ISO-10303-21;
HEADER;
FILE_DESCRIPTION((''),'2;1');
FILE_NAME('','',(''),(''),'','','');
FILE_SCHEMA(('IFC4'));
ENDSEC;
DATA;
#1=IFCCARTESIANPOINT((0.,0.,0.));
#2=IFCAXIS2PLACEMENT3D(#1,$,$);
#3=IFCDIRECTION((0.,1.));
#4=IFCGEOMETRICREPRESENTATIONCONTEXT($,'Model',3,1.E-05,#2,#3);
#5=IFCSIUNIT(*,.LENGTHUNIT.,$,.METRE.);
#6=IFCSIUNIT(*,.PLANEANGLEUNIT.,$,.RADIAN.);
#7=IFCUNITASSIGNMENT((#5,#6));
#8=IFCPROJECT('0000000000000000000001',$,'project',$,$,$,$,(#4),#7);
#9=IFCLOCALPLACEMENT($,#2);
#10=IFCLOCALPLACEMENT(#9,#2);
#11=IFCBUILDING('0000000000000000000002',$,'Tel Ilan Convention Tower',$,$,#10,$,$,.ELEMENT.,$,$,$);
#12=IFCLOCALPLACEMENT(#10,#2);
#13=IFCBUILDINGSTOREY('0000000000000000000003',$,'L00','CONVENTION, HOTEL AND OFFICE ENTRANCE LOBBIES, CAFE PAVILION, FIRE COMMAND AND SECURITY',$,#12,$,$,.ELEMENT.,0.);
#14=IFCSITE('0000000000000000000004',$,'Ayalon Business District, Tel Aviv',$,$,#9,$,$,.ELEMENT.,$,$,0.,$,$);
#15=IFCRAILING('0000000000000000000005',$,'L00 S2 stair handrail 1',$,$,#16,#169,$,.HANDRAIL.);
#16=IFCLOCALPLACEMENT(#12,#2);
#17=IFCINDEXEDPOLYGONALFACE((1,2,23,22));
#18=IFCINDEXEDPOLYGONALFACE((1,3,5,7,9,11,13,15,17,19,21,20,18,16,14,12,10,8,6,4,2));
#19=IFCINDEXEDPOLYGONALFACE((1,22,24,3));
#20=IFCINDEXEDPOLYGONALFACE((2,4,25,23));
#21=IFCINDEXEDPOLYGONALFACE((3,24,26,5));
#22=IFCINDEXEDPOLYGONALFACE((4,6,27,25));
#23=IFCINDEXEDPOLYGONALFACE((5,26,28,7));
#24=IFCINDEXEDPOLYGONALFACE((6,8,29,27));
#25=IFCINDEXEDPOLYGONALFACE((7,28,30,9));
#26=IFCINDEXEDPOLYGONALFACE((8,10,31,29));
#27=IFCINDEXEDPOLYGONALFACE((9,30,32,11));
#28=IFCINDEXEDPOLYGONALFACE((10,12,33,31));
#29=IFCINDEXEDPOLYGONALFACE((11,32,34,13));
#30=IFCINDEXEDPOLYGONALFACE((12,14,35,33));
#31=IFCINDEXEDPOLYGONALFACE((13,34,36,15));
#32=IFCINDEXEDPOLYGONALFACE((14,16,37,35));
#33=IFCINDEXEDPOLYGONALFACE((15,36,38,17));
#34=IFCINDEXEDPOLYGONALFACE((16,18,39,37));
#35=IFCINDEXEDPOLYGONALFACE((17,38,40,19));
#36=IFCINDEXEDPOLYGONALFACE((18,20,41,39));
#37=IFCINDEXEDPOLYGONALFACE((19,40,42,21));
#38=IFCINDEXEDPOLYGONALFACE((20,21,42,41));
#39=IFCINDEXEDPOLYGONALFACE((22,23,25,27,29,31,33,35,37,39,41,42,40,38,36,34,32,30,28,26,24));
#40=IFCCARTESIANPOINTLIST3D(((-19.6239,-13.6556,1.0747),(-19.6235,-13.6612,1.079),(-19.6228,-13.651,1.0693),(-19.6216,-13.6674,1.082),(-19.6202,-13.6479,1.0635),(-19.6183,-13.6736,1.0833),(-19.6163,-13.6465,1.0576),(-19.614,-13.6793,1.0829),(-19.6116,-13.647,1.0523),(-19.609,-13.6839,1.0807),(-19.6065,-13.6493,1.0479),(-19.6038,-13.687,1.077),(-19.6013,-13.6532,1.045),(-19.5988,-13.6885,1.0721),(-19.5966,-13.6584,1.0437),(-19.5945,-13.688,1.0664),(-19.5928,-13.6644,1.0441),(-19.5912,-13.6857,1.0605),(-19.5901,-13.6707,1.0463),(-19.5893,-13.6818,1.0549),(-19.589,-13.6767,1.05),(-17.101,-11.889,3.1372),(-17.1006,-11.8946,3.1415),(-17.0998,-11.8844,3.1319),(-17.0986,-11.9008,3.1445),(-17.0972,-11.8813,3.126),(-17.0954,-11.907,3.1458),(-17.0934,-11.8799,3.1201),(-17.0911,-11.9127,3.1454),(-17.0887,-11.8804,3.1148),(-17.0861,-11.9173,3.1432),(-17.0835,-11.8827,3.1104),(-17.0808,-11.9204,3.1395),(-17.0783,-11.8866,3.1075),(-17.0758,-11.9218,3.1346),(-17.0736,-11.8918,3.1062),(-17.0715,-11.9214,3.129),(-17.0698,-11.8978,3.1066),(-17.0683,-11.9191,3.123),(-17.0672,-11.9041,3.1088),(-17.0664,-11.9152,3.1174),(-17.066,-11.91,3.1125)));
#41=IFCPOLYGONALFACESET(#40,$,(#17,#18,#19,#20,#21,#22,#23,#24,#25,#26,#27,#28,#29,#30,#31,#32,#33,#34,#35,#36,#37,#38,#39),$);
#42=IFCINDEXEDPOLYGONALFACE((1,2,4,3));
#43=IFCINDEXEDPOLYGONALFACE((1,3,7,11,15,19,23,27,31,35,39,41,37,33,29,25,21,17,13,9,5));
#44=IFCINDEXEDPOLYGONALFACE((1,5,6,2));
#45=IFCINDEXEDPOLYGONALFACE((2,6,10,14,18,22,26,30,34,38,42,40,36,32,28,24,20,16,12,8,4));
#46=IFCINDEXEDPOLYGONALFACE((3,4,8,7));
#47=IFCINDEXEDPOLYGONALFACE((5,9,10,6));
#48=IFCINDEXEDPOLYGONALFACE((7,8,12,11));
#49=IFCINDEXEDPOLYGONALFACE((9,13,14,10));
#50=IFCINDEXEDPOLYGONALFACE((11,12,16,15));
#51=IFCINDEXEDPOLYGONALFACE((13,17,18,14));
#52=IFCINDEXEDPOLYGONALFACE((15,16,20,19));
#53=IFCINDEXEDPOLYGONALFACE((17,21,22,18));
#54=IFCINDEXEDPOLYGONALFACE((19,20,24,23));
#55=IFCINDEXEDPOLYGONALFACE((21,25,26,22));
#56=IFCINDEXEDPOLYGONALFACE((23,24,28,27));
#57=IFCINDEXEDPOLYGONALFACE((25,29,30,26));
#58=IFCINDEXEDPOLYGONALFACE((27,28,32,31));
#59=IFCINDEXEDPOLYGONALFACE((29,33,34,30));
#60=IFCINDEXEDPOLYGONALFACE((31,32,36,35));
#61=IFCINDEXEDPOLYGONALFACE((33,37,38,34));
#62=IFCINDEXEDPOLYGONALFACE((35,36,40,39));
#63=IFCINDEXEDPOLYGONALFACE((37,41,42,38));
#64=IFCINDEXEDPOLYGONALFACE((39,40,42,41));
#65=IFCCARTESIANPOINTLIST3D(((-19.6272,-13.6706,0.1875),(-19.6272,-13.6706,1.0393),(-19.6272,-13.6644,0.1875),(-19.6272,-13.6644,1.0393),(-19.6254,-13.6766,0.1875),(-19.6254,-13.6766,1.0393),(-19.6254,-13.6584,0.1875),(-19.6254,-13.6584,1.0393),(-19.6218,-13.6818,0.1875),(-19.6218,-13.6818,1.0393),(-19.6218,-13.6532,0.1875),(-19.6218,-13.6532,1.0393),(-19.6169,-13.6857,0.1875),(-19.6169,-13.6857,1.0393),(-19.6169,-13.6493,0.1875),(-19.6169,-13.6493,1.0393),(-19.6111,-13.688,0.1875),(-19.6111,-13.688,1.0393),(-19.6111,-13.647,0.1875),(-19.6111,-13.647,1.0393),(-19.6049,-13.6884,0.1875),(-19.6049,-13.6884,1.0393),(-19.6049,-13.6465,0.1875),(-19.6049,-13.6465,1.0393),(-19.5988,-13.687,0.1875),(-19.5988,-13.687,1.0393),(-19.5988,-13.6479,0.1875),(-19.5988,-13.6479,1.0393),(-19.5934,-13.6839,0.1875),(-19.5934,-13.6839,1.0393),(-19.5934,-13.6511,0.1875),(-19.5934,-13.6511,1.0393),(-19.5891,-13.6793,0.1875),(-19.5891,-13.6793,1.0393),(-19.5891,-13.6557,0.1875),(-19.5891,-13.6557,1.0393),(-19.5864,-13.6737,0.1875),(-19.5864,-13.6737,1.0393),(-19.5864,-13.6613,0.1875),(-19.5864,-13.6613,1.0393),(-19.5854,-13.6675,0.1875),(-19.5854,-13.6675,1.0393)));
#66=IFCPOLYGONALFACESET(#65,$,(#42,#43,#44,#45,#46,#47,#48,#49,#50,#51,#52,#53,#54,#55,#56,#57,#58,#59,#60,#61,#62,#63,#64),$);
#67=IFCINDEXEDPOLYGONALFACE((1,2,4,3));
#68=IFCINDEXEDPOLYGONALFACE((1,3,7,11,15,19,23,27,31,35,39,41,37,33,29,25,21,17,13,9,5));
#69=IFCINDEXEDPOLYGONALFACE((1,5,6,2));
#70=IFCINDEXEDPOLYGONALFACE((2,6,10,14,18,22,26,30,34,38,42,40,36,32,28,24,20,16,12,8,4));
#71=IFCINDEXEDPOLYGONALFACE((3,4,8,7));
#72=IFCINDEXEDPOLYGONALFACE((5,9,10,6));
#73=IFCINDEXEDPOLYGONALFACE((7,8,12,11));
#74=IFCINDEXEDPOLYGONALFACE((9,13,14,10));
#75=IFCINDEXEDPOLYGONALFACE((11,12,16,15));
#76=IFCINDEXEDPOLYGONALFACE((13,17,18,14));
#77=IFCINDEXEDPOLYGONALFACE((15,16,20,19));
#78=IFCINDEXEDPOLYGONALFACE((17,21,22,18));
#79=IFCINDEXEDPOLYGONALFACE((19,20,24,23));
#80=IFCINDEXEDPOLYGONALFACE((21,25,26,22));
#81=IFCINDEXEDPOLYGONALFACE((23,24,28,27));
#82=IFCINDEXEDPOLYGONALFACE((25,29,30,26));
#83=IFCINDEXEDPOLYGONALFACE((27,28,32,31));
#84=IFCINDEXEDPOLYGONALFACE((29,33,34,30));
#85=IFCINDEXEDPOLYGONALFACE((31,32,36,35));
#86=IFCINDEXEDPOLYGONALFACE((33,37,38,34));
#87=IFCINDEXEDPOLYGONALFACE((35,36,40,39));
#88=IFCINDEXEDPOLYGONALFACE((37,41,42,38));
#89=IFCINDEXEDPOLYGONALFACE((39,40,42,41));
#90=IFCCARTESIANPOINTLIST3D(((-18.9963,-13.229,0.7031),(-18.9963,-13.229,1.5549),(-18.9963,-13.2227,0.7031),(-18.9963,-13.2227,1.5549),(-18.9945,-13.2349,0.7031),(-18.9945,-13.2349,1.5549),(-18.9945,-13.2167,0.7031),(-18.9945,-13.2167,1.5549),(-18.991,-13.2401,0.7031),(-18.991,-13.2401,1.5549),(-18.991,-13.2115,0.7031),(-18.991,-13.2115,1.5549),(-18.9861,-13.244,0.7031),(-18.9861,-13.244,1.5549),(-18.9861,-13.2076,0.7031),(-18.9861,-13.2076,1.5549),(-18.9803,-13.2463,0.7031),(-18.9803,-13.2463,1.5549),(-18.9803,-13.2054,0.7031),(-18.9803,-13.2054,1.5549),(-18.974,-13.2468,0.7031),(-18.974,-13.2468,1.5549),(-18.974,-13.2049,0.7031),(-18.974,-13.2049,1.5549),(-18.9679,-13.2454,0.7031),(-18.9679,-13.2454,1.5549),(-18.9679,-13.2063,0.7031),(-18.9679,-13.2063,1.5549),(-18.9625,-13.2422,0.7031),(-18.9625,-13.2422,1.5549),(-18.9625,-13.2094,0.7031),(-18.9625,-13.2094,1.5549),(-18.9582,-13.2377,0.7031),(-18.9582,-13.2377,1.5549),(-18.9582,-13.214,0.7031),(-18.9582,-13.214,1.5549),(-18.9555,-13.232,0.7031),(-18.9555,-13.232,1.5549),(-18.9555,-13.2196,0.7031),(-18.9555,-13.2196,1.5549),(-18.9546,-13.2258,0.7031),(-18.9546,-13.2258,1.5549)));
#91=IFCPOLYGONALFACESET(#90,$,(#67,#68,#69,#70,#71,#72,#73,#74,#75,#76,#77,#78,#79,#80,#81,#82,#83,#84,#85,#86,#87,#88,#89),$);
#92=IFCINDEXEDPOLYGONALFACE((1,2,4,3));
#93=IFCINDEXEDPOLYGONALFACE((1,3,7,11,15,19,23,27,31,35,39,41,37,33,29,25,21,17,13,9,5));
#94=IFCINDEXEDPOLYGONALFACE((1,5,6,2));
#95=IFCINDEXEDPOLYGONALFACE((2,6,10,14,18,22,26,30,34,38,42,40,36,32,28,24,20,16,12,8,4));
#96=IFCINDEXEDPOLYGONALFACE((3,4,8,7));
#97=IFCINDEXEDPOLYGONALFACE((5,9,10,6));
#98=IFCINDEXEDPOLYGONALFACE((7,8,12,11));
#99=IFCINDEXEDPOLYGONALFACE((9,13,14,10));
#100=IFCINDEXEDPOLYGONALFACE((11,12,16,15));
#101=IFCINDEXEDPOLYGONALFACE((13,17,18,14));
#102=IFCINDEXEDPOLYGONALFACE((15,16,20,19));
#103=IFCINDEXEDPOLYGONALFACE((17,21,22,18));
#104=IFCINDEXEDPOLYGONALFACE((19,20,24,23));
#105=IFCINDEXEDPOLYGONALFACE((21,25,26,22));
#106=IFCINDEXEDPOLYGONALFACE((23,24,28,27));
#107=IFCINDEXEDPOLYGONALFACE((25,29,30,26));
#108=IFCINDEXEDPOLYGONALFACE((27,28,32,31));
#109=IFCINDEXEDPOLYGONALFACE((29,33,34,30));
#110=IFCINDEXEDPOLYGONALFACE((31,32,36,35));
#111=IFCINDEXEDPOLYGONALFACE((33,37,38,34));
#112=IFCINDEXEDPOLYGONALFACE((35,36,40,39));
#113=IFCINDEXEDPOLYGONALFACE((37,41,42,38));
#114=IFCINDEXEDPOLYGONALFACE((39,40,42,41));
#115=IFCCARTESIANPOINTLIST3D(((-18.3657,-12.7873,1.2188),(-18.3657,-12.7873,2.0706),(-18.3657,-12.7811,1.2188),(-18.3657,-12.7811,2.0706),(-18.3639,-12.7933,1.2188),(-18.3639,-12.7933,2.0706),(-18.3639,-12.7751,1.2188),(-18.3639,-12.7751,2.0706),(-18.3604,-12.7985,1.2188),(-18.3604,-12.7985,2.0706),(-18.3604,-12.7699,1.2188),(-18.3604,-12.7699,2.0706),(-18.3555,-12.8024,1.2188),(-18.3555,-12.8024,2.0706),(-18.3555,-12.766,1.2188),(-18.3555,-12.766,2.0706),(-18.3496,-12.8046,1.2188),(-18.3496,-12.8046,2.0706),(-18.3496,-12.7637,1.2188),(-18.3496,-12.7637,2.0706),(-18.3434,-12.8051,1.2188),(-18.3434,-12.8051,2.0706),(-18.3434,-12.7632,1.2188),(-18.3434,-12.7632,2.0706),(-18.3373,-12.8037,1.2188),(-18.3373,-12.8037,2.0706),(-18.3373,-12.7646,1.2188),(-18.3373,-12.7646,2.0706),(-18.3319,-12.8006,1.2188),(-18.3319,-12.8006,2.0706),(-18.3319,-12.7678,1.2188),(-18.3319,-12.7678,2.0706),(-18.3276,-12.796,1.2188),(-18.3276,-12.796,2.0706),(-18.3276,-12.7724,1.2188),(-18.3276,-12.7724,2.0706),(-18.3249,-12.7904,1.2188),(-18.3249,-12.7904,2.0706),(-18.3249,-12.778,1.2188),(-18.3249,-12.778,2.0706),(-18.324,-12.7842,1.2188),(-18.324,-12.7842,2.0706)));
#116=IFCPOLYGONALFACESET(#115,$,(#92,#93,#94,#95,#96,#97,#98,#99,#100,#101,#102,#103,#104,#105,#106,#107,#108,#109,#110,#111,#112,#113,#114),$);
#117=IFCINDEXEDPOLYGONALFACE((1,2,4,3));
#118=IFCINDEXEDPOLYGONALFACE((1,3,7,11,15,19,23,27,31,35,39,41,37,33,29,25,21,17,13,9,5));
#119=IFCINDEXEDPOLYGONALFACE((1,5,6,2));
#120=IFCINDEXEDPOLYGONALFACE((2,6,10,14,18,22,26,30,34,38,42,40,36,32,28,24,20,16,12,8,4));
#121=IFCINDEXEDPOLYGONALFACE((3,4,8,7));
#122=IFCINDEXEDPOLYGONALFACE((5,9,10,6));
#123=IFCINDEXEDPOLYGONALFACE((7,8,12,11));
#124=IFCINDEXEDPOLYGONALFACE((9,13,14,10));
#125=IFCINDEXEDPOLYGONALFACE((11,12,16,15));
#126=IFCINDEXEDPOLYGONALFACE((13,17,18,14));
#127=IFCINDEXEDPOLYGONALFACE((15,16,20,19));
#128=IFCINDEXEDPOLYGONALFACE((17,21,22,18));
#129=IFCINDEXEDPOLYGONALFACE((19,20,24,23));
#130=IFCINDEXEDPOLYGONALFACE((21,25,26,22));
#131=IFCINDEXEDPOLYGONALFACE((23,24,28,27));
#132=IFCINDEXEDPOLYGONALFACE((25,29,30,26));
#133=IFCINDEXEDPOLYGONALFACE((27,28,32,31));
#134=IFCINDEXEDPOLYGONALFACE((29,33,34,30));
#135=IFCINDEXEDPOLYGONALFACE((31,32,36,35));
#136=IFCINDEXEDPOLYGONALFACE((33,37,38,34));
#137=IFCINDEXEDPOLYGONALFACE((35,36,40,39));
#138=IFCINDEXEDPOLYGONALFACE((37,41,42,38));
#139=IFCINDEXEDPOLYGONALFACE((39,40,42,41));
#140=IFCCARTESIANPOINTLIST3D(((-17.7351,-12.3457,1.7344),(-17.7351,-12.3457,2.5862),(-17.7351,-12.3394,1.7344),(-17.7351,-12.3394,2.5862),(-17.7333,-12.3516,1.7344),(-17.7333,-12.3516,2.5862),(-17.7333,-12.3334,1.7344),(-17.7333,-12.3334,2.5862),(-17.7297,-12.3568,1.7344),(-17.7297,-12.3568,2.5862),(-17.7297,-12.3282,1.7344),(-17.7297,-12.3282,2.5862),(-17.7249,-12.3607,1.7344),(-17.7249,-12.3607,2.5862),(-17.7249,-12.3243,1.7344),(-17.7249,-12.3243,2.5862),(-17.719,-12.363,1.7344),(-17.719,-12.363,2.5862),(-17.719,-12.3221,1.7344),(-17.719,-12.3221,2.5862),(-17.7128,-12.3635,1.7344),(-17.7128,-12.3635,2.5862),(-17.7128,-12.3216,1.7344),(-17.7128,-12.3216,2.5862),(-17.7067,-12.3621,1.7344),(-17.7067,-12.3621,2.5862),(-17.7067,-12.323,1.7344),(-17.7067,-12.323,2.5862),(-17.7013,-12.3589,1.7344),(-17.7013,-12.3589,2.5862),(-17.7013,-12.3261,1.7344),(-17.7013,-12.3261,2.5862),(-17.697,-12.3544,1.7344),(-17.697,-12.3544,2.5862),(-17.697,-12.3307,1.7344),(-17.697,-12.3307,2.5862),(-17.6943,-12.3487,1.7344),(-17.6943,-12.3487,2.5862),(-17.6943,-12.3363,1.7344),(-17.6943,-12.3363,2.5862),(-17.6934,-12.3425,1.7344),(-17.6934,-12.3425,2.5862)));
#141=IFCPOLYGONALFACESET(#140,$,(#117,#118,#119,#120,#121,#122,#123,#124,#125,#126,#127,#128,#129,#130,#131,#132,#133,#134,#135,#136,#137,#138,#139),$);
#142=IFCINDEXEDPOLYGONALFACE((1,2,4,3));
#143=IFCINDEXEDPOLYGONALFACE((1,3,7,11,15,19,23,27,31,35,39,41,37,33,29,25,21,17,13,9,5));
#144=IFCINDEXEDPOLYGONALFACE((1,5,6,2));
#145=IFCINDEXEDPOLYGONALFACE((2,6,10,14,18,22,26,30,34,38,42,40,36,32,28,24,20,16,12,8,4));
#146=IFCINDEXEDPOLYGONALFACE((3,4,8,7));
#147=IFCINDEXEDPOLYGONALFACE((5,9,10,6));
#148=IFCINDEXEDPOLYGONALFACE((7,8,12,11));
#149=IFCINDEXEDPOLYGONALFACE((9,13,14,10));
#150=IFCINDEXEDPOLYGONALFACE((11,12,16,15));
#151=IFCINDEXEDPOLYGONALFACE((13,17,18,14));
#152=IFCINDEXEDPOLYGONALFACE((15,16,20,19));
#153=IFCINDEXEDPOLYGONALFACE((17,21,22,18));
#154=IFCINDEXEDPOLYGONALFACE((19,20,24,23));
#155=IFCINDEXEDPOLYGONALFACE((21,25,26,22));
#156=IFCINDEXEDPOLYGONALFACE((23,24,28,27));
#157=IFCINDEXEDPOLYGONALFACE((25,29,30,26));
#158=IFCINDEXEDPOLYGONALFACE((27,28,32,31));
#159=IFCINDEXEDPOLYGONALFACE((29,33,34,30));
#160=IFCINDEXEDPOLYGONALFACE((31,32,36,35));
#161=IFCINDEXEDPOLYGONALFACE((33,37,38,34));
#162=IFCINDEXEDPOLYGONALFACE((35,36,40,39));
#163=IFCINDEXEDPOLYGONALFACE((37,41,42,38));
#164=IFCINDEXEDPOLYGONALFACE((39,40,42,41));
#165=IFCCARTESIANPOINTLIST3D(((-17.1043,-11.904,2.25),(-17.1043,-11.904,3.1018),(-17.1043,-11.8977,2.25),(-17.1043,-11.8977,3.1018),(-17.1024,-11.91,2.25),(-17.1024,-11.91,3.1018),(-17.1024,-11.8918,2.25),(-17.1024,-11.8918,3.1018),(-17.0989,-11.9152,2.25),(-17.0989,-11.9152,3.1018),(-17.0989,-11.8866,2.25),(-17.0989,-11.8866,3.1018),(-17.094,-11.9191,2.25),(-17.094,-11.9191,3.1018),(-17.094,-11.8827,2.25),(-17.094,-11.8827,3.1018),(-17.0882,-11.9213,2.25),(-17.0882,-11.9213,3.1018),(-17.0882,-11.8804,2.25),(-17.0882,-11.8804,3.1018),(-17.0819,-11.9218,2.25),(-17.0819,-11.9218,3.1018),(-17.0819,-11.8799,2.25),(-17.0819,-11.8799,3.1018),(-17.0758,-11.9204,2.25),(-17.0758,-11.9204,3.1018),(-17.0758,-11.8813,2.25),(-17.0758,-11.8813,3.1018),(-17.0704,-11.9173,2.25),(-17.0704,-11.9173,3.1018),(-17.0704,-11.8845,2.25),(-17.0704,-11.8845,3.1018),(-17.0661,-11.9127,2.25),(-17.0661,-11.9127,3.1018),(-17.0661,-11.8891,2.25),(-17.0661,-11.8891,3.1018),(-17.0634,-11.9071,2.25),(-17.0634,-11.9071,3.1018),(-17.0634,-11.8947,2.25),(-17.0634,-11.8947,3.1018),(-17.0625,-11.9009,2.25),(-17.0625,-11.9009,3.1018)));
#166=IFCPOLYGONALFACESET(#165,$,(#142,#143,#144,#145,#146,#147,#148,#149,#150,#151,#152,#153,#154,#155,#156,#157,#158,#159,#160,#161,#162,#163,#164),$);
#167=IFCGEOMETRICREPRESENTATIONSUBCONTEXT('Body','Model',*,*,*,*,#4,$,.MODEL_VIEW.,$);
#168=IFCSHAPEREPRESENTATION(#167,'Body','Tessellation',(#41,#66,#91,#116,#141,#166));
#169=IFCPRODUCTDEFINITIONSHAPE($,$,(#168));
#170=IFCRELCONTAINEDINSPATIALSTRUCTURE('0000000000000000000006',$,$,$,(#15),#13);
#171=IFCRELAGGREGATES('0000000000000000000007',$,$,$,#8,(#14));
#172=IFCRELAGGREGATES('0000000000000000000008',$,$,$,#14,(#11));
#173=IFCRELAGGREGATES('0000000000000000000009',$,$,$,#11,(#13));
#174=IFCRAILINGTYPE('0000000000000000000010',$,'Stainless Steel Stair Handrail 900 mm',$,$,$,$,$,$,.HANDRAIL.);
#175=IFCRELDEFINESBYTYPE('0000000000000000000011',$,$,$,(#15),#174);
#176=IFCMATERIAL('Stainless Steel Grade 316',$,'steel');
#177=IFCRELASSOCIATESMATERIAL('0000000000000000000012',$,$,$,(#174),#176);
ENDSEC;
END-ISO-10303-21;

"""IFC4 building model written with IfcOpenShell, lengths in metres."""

from ifc_helpers import new_model, si_unit, direction, frame, origin, origin_2d, place, context, subcontext, project, spatial, circle, extrude, material, type_object, element, save


model = new_model("IFC4")

# Units and contexts
model_context = context("Model", 3, precision=1e-05, world=origin(), true_north=direction((0.0, 1.0)))
body_context = subcontext(model_context, "Body", "Model", "MODEL_VIEW")
ifc_project = project(units=[si_unit("LENGTHUNIT", "METRE"), si_unit("PLANEANGLEUNIT", "RADIAN")], contexts=[model_context])

# Site, building, storey
site_placement = place(None, origin())
site = spatial("IfcSite", under=ifc_project, at=site_placement, Name="Ayalon Business District, Tel Aviv", CompositionType="ELEMENT", RefElevation=0.0)
building_placement = place(site_placement, origin())
building = spatial("IfcBuilding", under=site, at=building_placement, Name="Tel Ilan Convention Tower", CompositionType="ELEMENT")
storey_placement = place(building_placement, origin())
storey = spatial("IfcBuildingStorey", under=building, at=storey_placement, Name="L00", Description="CONVENTION, HOTEL AND OFFICE ENTRANCE LOBBIES, CAFE PAVILION, FIRE COMMAND AND SECURITY", CompositionType="ELEMENT", Elevation=0.0)

# Railing
ifc_material_1 = material(Name="Stainless Steel Grade 316", Category="steel")
railing_type_1 = type_object("IfcRailingType", Name="Stainless Steel Stair Handrail 900 mm", PredefinedType="HANDRAIL", material=ifc_material_1)
railing_1_placement = place(storey_placement, frame((-19.6064, -13.6675, 0.1875)))
element("IfcRailing", 1, at=railing_1_placement, inside=storey, type_object=railing_type_1, Name="L00 S2 stair handrail 1", PredefinedType="HANDRAIL", context=body_context, shape_type="SweptSolid", body=[
    extrude(circle(Radius=0.0239, at=origin_2d()), frame((0.0, 0.0, 0.876), z_axis=(0.680635, 0.476589, 0.556416), x_axis=(-0.573579, 0.81915, 0.0)), (0.0, 0.0, 1.0), 3.7068),
    extrude(circle(Radius=0.021, at=origin_2d()), origin(), (0.0, 0.0, 1.0), 0.8518),
    extrude(circle(Radius=0.021, at=origin_2d()), frame((0.6309, 0.4417, 0.5156)), (0.0, 0.0, 1.0), 0.8518),
    extrude(circle(Radius=0.021, at=origin_2d()), frame((1.2615, 0.8833, 1.0312)), (0.0, 0.0, 1.0), 0.8518),
    extrude(circle(Radius=0.021, at=origin_2d()), frame((1.8921, 1.325, 1.5469)), (0.0, 0.0, 1.0), 0.8518),
    extrude(circle(Radius=0.021, at=origin_2d()), frame((2.5229, 1.7666, 2.0625)), (0.0, 0.0, 1.0), 0.8518),
])

save(model, "model.ifc")
